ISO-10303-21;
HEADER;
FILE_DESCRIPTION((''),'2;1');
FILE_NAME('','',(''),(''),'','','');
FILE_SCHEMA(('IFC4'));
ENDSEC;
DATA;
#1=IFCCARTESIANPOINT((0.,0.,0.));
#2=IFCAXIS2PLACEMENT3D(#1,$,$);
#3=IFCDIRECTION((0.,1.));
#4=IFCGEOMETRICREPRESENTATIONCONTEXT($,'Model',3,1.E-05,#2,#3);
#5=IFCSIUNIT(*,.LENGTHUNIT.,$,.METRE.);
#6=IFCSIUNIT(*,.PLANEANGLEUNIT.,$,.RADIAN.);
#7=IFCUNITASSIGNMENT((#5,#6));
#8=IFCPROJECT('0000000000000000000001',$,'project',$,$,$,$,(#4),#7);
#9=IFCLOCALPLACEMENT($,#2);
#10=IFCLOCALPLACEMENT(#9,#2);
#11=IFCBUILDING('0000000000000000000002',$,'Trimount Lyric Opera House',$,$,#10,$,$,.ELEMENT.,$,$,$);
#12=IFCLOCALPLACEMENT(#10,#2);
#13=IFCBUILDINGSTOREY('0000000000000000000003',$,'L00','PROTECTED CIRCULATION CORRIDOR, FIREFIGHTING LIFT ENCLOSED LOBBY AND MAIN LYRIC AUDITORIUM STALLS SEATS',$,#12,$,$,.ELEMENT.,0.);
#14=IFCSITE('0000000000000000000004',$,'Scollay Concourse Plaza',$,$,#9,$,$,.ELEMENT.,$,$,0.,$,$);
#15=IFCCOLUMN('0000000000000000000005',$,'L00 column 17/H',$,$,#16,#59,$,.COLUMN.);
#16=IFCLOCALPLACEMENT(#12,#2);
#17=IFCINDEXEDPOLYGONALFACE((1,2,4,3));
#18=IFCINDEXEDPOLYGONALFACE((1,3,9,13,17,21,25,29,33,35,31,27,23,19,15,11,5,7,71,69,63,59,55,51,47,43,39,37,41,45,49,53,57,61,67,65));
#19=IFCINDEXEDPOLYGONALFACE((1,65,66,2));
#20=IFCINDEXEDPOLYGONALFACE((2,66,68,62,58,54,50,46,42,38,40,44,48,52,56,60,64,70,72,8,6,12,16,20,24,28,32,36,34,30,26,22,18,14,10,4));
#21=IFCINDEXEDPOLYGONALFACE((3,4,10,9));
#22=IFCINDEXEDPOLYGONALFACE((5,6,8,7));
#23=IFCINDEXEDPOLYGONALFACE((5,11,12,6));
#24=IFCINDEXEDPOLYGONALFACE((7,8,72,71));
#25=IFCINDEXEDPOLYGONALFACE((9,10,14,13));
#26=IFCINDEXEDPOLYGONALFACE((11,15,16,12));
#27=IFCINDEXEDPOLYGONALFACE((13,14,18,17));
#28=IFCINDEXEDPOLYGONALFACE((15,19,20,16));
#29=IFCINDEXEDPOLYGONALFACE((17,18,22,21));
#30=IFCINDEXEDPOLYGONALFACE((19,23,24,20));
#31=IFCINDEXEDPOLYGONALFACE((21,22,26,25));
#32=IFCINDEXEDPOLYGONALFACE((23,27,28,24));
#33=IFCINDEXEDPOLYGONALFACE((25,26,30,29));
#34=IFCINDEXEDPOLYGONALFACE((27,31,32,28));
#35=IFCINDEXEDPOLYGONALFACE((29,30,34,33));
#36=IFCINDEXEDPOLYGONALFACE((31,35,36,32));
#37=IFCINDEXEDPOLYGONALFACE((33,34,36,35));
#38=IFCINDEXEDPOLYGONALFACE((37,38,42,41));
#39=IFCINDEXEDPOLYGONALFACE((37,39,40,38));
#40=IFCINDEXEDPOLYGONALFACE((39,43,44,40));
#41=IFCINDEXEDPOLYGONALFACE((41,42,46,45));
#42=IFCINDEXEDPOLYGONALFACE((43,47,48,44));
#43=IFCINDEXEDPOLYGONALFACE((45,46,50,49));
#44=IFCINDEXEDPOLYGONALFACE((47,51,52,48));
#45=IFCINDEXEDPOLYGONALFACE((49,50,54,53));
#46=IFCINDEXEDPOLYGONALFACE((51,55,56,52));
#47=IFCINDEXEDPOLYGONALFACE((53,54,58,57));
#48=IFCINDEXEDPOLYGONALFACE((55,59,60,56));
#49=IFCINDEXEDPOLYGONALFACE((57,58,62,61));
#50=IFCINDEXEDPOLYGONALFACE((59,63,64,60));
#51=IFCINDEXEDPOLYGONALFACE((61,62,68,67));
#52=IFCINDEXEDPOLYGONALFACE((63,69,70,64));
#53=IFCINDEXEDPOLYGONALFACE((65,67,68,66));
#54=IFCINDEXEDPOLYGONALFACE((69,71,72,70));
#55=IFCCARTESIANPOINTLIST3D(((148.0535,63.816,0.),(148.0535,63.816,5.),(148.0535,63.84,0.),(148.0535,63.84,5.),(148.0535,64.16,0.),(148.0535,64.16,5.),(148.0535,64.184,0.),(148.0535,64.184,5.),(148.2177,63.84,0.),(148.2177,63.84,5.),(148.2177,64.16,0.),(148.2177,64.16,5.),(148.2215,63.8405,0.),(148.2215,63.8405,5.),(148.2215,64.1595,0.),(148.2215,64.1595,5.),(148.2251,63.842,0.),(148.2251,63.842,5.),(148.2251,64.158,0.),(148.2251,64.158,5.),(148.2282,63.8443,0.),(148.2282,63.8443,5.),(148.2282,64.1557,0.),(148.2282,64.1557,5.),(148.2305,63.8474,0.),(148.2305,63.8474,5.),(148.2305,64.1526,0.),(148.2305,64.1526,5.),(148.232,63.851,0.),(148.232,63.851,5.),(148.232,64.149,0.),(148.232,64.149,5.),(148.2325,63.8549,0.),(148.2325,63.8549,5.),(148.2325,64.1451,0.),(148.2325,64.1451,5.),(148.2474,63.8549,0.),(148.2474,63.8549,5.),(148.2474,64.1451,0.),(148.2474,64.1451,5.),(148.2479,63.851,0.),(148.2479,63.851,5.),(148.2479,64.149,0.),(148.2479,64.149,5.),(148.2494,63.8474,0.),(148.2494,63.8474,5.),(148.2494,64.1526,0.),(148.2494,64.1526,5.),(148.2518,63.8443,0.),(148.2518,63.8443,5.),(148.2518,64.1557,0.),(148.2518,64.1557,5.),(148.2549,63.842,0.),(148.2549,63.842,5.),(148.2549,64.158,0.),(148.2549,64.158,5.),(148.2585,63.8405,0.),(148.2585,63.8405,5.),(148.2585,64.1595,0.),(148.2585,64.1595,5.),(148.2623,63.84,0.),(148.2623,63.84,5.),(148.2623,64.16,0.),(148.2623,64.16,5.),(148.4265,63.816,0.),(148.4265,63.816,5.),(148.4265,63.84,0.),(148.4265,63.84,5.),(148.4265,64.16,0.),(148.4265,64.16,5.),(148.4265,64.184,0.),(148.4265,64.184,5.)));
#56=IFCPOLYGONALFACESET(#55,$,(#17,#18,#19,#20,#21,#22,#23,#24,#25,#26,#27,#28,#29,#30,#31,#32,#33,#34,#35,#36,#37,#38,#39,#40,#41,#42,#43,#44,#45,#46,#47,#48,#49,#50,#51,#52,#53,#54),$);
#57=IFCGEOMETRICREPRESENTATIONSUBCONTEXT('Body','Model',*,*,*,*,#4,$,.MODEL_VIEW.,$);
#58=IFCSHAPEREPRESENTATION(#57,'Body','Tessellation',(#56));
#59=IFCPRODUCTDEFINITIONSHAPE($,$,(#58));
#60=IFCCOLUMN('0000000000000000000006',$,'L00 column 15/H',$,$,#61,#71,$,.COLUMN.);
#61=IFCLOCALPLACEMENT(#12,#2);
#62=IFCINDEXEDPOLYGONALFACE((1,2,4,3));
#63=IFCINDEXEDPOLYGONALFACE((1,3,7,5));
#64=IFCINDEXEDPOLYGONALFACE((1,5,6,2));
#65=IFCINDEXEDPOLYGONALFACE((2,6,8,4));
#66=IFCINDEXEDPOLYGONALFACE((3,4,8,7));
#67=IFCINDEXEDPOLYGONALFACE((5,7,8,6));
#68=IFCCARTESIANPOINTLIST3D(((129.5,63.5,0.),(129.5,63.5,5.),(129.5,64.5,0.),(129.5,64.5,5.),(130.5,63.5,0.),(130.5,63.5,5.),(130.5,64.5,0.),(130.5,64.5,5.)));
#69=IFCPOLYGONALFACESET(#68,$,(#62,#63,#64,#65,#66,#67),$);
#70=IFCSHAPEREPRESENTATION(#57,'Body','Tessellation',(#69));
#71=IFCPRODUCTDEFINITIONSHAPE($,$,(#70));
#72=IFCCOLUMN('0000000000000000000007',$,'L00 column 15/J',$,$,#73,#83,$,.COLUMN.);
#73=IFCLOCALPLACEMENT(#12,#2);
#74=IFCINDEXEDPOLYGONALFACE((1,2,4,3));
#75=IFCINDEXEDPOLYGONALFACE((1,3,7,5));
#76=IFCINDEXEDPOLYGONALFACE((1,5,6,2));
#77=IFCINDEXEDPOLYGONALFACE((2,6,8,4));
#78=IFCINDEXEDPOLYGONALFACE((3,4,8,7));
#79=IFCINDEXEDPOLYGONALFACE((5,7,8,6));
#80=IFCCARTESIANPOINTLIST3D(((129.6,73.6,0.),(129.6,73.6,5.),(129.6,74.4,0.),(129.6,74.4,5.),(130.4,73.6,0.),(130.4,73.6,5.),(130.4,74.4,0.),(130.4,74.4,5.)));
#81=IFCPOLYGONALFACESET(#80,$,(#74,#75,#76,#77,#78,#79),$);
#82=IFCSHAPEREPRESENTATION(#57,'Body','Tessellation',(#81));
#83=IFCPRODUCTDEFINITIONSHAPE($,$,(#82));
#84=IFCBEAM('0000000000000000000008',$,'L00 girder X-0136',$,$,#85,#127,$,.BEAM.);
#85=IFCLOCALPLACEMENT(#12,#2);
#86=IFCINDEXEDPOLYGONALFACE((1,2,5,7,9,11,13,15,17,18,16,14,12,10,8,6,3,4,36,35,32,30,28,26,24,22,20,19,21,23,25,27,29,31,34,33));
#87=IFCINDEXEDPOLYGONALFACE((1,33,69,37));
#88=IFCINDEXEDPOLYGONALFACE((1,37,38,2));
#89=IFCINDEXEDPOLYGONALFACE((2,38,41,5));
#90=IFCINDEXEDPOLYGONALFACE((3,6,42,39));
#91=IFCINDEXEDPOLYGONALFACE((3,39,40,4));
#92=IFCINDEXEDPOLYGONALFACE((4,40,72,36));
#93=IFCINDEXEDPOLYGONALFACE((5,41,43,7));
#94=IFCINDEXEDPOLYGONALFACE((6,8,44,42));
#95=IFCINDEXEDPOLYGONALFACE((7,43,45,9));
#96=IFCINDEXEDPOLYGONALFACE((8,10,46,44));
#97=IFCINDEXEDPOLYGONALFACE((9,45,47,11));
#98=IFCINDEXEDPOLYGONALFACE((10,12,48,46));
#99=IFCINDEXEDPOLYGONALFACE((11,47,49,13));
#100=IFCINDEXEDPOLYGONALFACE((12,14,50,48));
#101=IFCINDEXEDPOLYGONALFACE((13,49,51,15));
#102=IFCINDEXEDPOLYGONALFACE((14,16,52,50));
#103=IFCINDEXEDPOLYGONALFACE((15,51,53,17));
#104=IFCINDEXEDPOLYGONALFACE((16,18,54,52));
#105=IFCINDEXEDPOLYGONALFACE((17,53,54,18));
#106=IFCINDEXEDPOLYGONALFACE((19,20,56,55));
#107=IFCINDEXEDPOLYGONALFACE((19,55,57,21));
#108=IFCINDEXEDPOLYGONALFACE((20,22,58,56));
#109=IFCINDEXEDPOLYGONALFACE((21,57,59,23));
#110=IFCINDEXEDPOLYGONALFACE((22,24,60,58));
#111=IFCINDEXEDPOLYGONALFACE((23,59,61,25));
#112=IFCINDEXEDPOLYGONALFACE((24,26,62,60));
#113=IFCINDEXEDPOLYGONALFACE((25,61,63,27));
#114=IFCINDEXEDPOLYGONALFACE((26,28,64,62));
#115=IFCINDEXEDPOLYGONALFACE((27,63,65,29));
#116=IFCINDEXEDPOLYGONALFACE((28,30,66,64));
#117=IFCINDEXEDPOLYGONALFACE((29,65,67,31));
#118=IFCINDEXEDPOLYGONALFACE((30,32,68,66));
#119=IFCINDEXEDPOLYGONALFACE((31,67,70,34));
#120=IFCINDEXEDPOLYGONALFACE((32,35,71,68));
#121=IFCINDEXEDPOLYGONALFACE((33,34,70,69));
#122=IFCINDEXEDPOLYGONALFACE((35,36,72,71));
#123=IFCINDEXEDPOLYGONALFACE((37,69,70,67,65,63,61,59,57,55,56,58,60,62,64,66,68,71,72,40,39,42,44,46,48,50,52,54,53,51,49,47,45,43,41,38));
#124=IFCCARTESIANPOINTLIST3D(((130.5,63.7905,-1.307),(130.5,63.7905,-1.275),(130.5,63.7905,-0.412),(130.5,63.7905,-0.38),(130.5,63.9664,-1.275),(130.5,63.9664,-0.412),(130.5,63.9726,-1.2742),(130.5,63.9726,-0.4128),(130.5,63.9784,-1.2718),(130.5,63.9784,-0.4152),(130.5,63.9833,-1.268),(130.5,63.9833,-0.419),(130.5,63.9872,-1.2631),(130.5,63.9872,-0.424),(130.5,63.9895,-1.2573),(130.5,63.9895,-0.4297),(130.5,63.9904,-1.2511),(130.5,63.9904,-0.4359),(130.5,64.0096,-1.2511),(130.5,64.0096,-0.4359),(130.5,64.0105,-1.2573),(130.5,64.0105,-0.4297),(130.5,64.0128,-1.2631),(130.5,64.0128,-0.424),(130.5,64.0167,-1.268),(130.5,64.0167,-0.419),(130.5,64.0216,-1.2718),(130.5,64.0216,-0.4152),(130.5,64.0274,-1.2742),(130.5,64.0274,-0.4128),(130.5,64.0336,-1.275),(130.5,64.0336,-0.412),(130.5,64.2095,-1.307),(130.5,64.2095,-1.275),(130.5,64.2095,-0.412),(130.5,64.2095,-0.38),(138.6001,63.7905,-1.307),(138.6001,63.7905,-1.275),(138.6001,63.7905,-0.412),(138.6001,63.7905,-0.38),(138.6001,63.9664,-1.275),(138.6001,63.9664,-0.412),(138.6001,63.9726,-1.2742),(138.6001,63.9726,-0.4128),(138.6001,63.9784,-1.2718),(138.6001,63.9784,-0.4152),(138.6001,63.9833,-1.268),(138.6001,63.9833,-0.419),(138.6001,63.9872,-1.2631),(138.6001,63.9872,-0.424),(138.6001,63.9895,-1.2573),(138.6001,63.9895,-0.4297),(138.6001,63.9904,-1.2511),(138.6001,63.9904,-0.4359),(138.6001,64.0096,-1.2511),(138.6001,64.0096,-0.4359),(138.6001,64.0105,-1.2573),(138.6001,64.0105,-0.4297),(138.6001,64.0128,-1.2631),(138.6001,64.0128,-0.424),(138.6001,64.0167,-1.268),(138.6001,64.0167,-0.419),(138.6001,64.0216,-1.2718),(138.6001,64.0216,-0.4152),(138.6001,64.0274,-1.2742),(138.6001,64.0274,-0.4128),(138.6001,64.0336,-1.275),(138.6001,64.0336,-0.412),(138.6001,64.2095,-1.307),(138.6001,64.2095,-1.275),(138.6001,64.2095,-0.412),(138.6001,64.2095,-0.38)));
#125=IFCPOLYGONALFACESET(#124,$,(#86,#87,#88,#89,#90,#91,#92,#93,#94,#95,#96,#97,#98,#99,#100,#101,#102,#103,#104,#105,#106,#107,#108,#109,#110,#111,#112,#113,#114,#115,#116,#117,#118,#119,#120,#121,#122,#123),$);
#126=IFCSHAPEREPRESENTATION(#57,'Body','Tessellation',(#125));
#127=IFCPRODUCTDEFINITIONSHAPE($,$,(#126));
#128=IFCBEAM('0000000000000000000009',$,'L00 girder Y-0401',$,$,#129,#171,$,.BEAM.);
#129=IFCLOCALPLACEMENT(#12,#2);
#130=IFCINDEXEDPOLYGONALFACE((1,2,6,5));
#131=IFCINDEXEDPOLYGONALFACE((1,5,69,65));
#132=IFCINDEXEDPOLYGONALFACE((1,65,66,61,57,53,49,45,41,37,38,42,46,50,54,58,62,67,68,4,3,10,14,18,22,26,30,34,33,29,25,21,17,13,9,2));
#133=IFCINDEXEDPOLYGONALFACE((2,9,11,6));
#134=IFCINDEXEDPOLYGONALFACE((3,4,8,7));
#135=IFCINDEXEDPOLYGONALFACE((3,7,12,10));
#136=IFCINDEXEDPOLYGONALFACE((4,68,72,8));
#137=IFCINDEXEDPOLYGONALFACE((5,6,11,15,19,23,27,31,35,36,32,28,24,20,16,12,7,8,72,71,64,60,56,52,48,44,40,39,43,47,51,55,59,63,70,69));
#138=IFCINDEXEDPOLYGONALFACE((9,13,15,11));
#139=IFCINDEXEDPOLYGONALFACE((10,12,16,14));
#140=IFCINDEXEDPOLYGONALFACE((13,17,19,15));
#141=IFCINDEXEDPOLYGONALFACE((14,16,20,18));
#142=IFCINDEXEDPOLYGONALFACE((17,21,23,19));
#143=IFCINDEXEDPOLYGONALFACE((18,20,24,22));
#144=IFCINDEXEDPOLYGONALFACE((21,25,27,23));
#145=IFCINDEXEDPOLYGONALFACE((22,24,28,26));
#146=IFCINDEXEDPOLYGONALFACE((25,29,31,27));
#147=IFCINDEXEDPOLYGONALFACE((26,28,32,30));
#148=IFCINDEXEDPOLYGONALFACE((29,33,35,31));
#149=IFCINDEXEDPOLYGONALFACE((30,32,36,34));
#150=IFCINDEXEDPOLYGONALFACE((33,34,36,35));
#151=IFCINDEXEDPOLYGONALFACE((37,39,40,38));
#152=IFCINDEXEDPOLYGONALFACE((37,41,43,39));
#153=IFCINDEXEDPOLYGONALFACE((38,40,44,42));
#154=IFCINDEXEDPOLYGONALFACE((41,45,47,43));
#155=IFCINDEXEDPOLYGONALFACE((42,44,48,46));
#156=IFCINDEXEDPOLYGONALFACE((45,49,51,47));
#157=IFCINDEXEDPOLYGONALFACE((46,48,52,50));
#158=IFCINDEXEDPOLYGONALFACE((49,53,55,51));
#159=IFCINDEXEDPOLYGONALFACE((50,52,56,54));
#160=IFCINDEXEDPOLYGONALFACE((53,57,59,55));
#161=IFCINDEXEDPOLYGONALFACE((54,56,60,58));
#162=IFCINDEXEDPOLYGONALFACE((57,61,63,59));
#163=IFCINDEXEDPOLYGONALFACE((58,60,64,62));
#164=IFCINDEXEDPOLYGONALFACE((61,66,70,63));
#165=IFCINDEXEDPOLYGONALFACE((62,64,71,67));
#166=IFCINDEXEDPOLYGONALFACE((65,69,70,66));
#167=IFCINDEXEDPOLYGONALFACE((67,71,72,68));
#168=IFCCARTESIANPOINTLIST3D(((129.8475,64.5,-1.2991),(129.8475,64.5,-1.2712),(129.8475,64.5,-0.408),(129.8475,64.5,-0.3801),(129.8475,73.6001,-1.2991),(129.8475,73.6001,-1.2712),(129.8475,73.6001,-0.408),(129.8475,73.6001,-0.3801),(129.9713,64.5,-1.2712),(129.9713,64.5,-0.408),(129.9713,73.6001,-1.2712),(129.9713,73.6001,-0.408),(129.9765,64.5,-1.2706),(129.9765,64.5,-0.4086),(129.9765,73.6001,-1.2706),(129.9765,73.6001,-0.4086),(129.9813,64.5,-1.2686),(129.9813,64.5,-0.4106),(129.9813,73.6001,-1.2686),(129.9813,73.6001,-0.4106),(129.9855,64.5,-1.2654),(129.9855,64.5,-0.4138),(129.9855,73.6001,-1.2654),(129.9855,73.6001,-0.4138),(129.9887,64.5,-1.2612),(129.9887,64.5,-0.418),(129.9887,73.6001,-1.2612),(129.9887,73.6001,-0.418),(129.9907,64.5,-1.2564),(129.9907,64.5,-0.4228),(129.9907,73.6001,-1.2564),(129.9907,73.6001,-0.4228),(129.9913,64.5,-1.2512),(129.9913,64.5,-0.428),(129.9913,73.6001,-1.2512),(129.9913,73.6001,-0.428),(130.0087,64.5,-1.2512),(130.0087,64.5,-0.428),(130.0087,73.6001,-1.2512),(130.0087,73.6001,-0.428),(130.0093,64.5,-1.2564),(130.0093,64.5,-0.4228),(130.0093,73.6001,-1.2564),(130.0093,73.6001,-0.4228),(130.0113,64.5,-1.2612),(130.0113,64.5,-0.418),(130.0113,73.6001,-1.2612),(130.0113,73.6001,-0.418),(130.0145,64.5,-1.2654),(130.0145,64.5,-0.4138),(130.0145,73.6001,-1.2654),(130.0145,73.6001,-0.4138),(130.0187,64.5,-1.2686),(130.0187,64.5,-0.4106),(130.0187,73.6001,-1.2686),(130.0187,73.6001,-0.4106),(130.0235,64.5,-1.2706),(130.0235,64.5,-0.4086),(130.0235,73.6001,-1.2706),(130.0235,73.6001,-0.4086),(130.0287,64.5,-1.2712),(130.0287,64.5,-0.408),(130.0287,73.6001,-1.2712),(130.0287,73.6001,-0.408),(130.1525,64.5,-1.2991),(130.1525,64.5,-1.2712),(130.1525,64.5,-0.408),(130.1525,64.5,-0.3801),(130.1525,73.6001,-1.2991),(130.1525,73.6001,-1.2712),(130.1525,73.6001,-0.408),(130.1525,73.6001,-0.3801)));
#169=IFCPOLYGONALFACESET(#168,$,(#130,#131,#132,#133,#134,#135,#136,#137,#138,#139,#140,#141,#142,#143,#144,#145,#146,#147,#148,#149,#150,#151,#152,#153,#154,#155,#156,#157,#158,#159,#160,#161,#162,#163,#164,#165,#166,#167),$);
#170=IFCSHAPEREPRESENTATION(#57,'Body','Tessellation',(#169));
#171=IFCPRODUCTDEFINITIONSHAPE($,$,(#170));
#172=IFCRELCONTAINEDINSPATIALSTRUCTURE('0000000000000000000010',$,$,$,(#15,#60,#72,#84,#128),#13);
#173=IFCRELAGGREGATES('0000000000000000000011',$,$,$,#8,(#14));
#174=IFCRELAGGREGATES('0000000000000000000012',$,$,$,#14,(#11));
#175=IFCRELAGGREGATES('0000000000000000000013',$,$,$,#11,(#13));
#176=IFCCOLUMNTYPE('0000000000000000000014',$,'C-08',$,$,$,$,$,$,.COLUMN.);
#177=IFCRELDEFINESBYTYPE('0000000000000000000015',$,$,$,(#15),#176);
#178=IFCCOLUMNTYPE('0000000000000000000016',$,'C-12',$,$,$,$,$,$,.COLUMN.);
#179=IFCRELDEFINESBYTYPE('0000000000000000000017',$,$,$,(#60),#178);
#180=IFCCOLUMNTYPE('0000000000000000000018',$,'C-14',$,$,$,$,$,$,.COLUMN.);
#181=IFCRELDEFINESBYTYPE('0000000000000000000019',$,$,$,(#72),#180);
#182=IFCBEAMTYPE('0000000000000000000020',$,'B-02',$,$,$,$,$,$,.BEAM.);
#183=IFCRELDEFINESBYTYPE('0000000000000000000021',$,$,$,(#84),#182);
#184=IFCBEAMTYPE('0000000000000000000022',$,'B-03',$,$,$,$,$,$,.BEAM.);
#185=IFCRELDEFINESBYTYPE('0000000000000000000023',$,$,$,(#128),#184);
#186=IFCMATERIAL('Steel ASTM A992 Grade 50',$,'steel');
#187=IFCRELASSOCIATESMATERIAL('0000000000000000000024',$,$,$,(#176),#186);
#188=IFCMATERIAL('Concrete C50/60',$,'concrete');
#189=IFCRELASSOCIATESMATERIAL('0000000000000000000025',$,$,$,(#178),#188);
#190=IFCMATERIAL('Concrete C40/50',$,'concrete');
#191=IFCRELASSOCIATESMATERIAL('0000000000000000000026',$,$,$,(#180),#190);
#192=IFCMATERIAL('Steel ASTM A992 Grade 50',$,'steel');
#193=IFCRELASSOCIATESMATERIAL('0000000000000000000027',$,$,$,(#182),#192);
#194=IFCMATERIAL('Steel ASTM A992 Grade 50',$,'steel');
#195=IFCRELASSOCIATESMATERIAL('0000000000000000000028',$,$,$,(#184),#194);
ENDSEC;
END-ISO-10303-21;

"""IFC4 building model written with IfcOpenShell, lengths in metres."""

from ifc_helpers import new_model, si_unit, direction, frame, origin, origin_2d, place, context, subcontext, project, spatial, rectangle, i_section, extrude, material, material_profile, profile_set, type_object, element, save


model = new_model("IFC4")

# Units and contexts
model_context = context("Model", 3, precision=1e-05, world=origin(), true_north=direction((0.0, 1.0)))
body_context = subcontext(model_context, "Body", "Model", "MODEL_VIEW")
ifc_project = project(units=[si_unit("LENGTHUNIT", "METRE"), si_unit("PLANEANGLEUNIT", "RADIAN")], contexts=[model_context])

# Site, building, storey
site_placement = place(None, origin())
site = spatial("IfcSite", under=ifc_project, at=site_placement, Name="Scollay Concourse Plaza", CompositionType="ELEMENT", RefElevation=0.0)
building_placement = place(site_placement, origin())
building = spatial("IfcBuilding", under=site, at=building_placement, Name="Trimount Lyric Opera House", CompositionType="ELEMENT")
storey_placement = place(building_placement, origin())
storey = spatial("IfcBuildingStorey", under=building, at=storey_placement, Name="L00", Description="PROTECTED CIRCULATION CORRIDOR, FIREFIGHTING LIFT ENCLOSED LOBBY AND MAIN LYRIC AUDITORIUM STALLS SEATS", CompositionType="ELEMENT", Elevation=0.0)

# Columns
ifc_material_1 = material(Name="Steel ASTM A992 Grade 50", Category="steel")
ifc_material_profile_1 = material_profile(ifc_material_1, i_section(OverallWidth=0.373, OverallDepth=0.3679, WebThickness=0.0149, FlangeThickness=0.0239, FilletRadius=0.0149, at=origin_2d()), Name="W14X120")
ifc_profile_set_1 = profile_set([ifc_material_profile_1], Name="Steel ASTM A992 Grade 50")
column_type_1 = type_object("IfcColumnType", Name="C-08", PredefinedType="COLUMN", material=ifc_profile_set_1)
column_1_placement = place(storey_placement, frame((148.24, 64.0, 0.0), z_axis=(0.0, 0.0, 1.0), x_axis=(1.0, 0.0, 0.0)))
element("IfcColumn", 1, at=column_1_placement, inside=storey, type_object=column_type_1, Name="L00 column 17/H", PredefinedType="COLUMN", context=body_context, shape_type="SweptSolid", body=[
    extrude(i_section(OverallWidth=0.373, OverallDepth=0.3679, WebThickness=0.0149, FlangeThickness=0.0239, FilletRadius=0.0149, at=origin_2d()), origin(), (0.0, 0.0, 1.0), 5.0),
])
ifc_material_2 = material(Name="Concrete C50/60", Category="concrete")
ifc_material_profile_2 = material_profile(ifc_material_2, rectangle(XDim=1.0, YDim=1.0, at=origin_2d()), Name="RC1000X1000")
ifc_profile_set_2 = profile_set([ifc_material_profile_2], Name="Concrete C50/60")
column_type_2 = type_object("IfcColumnType", Name="C-12", PredefinedType="COLUMN", material=ifc_profile_set_2)
column_2_placement = place(storey_placement, frame((130.0, 64.0, 0.0), z_axis=(0.0, 0.0, 1.0), x_axis=(1.0, 0.0, 0.0)))
element("IfcColumn", 2, at=column_2_placement, inside=storey, type_object=column_type_2, Name="L00 column 15/H", PredefinedType="COLUMN", context=body_context, shape_type="SweptSolid", body=[
    extrude(rectangle(XDim=1.0, YDim=1.0, at=origin_2d()), origin(), (0.0, 0.0, 1.0), 5.0),
])
ifc_material_3 = material(Name="Concrete C40/50", Category="concrete")
ifc_material_profile_3 = material_profile(ifc_material_3, rectangle(XDim=0.8, YDim=0.8, at=origin_2d()), Name="RC800X800")
ifc_profile_set_3 = profile_set([ifc_material_profile_3], Name="Concrete C40/50")
column_type_3 = type_object("IfcColumnType", Name="C-14", PredefinedType="COLUMN", material=ifc_profile_set_3)
column_3_placement = place(storey_placement, frame((130.0, 74.0, 0.0), z_axis=(0.0, 0.0, 1.0), x_axis=(1.0, 0.0, 0.0)))
element("IfcColumn", 3, at=column_3_placement, inside=storey, type_object=column_type_3, Name="L00 column 15/J", PredefinedType="COLUMN", context=body_context, shape_type="SweptSolid", body=[
    extrude(rectangle(XDim=0.8, YDim=0.8, at=origin_2d()), origin(), (0.0, 0.0, 1.0), 5.0),
])

# Beams
ifc_material_4 = material(Name="Steel ASTM A992 Grade 50", Category="steel")
ifc_material_profile_4 = material_profile(ifc_material_4, i_section(OverallWidth=0.4189, OverallDepth=0.927, WebThickness=0.0193, FlangeThickness=0.032, FilletRadius=0.0239, at=origin_2d()), Name="W36X231")
ifc_profile_set_4 = profile_set([ifc_material_profile_4], Name="Steel ASTM A992 Grade 50")
beam_type_1 = type_object("IfcBeamType", Name="B-02", PredefinedType="BEAM", material=ifc_profile_set_4)
beam_1_placement = place(storey_placement, frame((130.5, 64.0, -0.8435), z_axis=(1.0, 0.0, 0.0), x_axis=(0.0, 1.0, 0.0)))
element("IfcBeam", 4, at=beam_1_placement, inside=storey, type_object=beam_type_1, Name="L00 girder X-0136", PredefinedType="BEAM", context=body_context, shape_type="SweptSolid", body=[
    extrude(i_section(OverallWidth=0.4189, OverallDepth=0.927, WebThickness=0.0193, FlangeThickness=0.032, FilletRadius=0.0239, at=origin_2d()), origin(), (0.0, 0.0, 1.0), 8.1001),
])
ifc_material_5 = material(Name="Steel ASTM A992 Grade 50", Category="steel")
ifc_material_profile_5 = material_profile(ifc_material_5, i_section(OverallWidth=0.3049, OverallDepth=0.9189, WebThickness=0.0173, FlangeThickness=0.0278, FilletRadius=0.02, at=origin_2d()), Name="W36X170")
ifc_profile_set_5 = profile_set([ifc_material_profile_5], Name="Steel ASTM A992 Grade 50")
beam_type_2 = type_object("IfcBeamType", Name="B-03", PredefinedType="BEAM", material=ifc_profile_set_5)
for number, where, z_axis, x_axis, name in (
    (5, (130.0, 64.5, -0.8396), (0.0, 1.0, 0.0), (-1.0, 0.0, 0.0), "L00 girder Y-0401"),
):
    element("IfcBeam", number, at=place(storey_placement, frame(where, z_axis=z_axis, x_axis=x_axis)), inside=storey, type_object=beam_type_2, Name=name, PredefinedType="BEAM", context=body_context, shape_type="SweptSolid", body=[
        extrude(i_section(OverallWidth=0.3049, OverallDepth=0.9189, WebThickness=0.0173, FlangeThickness=0.0278, FilletRadius=0.02, at=origin_2d()), origin(), (0.0, 0.0, 1.0), 9.1001),
    ])

save(model, "model.ifc")
